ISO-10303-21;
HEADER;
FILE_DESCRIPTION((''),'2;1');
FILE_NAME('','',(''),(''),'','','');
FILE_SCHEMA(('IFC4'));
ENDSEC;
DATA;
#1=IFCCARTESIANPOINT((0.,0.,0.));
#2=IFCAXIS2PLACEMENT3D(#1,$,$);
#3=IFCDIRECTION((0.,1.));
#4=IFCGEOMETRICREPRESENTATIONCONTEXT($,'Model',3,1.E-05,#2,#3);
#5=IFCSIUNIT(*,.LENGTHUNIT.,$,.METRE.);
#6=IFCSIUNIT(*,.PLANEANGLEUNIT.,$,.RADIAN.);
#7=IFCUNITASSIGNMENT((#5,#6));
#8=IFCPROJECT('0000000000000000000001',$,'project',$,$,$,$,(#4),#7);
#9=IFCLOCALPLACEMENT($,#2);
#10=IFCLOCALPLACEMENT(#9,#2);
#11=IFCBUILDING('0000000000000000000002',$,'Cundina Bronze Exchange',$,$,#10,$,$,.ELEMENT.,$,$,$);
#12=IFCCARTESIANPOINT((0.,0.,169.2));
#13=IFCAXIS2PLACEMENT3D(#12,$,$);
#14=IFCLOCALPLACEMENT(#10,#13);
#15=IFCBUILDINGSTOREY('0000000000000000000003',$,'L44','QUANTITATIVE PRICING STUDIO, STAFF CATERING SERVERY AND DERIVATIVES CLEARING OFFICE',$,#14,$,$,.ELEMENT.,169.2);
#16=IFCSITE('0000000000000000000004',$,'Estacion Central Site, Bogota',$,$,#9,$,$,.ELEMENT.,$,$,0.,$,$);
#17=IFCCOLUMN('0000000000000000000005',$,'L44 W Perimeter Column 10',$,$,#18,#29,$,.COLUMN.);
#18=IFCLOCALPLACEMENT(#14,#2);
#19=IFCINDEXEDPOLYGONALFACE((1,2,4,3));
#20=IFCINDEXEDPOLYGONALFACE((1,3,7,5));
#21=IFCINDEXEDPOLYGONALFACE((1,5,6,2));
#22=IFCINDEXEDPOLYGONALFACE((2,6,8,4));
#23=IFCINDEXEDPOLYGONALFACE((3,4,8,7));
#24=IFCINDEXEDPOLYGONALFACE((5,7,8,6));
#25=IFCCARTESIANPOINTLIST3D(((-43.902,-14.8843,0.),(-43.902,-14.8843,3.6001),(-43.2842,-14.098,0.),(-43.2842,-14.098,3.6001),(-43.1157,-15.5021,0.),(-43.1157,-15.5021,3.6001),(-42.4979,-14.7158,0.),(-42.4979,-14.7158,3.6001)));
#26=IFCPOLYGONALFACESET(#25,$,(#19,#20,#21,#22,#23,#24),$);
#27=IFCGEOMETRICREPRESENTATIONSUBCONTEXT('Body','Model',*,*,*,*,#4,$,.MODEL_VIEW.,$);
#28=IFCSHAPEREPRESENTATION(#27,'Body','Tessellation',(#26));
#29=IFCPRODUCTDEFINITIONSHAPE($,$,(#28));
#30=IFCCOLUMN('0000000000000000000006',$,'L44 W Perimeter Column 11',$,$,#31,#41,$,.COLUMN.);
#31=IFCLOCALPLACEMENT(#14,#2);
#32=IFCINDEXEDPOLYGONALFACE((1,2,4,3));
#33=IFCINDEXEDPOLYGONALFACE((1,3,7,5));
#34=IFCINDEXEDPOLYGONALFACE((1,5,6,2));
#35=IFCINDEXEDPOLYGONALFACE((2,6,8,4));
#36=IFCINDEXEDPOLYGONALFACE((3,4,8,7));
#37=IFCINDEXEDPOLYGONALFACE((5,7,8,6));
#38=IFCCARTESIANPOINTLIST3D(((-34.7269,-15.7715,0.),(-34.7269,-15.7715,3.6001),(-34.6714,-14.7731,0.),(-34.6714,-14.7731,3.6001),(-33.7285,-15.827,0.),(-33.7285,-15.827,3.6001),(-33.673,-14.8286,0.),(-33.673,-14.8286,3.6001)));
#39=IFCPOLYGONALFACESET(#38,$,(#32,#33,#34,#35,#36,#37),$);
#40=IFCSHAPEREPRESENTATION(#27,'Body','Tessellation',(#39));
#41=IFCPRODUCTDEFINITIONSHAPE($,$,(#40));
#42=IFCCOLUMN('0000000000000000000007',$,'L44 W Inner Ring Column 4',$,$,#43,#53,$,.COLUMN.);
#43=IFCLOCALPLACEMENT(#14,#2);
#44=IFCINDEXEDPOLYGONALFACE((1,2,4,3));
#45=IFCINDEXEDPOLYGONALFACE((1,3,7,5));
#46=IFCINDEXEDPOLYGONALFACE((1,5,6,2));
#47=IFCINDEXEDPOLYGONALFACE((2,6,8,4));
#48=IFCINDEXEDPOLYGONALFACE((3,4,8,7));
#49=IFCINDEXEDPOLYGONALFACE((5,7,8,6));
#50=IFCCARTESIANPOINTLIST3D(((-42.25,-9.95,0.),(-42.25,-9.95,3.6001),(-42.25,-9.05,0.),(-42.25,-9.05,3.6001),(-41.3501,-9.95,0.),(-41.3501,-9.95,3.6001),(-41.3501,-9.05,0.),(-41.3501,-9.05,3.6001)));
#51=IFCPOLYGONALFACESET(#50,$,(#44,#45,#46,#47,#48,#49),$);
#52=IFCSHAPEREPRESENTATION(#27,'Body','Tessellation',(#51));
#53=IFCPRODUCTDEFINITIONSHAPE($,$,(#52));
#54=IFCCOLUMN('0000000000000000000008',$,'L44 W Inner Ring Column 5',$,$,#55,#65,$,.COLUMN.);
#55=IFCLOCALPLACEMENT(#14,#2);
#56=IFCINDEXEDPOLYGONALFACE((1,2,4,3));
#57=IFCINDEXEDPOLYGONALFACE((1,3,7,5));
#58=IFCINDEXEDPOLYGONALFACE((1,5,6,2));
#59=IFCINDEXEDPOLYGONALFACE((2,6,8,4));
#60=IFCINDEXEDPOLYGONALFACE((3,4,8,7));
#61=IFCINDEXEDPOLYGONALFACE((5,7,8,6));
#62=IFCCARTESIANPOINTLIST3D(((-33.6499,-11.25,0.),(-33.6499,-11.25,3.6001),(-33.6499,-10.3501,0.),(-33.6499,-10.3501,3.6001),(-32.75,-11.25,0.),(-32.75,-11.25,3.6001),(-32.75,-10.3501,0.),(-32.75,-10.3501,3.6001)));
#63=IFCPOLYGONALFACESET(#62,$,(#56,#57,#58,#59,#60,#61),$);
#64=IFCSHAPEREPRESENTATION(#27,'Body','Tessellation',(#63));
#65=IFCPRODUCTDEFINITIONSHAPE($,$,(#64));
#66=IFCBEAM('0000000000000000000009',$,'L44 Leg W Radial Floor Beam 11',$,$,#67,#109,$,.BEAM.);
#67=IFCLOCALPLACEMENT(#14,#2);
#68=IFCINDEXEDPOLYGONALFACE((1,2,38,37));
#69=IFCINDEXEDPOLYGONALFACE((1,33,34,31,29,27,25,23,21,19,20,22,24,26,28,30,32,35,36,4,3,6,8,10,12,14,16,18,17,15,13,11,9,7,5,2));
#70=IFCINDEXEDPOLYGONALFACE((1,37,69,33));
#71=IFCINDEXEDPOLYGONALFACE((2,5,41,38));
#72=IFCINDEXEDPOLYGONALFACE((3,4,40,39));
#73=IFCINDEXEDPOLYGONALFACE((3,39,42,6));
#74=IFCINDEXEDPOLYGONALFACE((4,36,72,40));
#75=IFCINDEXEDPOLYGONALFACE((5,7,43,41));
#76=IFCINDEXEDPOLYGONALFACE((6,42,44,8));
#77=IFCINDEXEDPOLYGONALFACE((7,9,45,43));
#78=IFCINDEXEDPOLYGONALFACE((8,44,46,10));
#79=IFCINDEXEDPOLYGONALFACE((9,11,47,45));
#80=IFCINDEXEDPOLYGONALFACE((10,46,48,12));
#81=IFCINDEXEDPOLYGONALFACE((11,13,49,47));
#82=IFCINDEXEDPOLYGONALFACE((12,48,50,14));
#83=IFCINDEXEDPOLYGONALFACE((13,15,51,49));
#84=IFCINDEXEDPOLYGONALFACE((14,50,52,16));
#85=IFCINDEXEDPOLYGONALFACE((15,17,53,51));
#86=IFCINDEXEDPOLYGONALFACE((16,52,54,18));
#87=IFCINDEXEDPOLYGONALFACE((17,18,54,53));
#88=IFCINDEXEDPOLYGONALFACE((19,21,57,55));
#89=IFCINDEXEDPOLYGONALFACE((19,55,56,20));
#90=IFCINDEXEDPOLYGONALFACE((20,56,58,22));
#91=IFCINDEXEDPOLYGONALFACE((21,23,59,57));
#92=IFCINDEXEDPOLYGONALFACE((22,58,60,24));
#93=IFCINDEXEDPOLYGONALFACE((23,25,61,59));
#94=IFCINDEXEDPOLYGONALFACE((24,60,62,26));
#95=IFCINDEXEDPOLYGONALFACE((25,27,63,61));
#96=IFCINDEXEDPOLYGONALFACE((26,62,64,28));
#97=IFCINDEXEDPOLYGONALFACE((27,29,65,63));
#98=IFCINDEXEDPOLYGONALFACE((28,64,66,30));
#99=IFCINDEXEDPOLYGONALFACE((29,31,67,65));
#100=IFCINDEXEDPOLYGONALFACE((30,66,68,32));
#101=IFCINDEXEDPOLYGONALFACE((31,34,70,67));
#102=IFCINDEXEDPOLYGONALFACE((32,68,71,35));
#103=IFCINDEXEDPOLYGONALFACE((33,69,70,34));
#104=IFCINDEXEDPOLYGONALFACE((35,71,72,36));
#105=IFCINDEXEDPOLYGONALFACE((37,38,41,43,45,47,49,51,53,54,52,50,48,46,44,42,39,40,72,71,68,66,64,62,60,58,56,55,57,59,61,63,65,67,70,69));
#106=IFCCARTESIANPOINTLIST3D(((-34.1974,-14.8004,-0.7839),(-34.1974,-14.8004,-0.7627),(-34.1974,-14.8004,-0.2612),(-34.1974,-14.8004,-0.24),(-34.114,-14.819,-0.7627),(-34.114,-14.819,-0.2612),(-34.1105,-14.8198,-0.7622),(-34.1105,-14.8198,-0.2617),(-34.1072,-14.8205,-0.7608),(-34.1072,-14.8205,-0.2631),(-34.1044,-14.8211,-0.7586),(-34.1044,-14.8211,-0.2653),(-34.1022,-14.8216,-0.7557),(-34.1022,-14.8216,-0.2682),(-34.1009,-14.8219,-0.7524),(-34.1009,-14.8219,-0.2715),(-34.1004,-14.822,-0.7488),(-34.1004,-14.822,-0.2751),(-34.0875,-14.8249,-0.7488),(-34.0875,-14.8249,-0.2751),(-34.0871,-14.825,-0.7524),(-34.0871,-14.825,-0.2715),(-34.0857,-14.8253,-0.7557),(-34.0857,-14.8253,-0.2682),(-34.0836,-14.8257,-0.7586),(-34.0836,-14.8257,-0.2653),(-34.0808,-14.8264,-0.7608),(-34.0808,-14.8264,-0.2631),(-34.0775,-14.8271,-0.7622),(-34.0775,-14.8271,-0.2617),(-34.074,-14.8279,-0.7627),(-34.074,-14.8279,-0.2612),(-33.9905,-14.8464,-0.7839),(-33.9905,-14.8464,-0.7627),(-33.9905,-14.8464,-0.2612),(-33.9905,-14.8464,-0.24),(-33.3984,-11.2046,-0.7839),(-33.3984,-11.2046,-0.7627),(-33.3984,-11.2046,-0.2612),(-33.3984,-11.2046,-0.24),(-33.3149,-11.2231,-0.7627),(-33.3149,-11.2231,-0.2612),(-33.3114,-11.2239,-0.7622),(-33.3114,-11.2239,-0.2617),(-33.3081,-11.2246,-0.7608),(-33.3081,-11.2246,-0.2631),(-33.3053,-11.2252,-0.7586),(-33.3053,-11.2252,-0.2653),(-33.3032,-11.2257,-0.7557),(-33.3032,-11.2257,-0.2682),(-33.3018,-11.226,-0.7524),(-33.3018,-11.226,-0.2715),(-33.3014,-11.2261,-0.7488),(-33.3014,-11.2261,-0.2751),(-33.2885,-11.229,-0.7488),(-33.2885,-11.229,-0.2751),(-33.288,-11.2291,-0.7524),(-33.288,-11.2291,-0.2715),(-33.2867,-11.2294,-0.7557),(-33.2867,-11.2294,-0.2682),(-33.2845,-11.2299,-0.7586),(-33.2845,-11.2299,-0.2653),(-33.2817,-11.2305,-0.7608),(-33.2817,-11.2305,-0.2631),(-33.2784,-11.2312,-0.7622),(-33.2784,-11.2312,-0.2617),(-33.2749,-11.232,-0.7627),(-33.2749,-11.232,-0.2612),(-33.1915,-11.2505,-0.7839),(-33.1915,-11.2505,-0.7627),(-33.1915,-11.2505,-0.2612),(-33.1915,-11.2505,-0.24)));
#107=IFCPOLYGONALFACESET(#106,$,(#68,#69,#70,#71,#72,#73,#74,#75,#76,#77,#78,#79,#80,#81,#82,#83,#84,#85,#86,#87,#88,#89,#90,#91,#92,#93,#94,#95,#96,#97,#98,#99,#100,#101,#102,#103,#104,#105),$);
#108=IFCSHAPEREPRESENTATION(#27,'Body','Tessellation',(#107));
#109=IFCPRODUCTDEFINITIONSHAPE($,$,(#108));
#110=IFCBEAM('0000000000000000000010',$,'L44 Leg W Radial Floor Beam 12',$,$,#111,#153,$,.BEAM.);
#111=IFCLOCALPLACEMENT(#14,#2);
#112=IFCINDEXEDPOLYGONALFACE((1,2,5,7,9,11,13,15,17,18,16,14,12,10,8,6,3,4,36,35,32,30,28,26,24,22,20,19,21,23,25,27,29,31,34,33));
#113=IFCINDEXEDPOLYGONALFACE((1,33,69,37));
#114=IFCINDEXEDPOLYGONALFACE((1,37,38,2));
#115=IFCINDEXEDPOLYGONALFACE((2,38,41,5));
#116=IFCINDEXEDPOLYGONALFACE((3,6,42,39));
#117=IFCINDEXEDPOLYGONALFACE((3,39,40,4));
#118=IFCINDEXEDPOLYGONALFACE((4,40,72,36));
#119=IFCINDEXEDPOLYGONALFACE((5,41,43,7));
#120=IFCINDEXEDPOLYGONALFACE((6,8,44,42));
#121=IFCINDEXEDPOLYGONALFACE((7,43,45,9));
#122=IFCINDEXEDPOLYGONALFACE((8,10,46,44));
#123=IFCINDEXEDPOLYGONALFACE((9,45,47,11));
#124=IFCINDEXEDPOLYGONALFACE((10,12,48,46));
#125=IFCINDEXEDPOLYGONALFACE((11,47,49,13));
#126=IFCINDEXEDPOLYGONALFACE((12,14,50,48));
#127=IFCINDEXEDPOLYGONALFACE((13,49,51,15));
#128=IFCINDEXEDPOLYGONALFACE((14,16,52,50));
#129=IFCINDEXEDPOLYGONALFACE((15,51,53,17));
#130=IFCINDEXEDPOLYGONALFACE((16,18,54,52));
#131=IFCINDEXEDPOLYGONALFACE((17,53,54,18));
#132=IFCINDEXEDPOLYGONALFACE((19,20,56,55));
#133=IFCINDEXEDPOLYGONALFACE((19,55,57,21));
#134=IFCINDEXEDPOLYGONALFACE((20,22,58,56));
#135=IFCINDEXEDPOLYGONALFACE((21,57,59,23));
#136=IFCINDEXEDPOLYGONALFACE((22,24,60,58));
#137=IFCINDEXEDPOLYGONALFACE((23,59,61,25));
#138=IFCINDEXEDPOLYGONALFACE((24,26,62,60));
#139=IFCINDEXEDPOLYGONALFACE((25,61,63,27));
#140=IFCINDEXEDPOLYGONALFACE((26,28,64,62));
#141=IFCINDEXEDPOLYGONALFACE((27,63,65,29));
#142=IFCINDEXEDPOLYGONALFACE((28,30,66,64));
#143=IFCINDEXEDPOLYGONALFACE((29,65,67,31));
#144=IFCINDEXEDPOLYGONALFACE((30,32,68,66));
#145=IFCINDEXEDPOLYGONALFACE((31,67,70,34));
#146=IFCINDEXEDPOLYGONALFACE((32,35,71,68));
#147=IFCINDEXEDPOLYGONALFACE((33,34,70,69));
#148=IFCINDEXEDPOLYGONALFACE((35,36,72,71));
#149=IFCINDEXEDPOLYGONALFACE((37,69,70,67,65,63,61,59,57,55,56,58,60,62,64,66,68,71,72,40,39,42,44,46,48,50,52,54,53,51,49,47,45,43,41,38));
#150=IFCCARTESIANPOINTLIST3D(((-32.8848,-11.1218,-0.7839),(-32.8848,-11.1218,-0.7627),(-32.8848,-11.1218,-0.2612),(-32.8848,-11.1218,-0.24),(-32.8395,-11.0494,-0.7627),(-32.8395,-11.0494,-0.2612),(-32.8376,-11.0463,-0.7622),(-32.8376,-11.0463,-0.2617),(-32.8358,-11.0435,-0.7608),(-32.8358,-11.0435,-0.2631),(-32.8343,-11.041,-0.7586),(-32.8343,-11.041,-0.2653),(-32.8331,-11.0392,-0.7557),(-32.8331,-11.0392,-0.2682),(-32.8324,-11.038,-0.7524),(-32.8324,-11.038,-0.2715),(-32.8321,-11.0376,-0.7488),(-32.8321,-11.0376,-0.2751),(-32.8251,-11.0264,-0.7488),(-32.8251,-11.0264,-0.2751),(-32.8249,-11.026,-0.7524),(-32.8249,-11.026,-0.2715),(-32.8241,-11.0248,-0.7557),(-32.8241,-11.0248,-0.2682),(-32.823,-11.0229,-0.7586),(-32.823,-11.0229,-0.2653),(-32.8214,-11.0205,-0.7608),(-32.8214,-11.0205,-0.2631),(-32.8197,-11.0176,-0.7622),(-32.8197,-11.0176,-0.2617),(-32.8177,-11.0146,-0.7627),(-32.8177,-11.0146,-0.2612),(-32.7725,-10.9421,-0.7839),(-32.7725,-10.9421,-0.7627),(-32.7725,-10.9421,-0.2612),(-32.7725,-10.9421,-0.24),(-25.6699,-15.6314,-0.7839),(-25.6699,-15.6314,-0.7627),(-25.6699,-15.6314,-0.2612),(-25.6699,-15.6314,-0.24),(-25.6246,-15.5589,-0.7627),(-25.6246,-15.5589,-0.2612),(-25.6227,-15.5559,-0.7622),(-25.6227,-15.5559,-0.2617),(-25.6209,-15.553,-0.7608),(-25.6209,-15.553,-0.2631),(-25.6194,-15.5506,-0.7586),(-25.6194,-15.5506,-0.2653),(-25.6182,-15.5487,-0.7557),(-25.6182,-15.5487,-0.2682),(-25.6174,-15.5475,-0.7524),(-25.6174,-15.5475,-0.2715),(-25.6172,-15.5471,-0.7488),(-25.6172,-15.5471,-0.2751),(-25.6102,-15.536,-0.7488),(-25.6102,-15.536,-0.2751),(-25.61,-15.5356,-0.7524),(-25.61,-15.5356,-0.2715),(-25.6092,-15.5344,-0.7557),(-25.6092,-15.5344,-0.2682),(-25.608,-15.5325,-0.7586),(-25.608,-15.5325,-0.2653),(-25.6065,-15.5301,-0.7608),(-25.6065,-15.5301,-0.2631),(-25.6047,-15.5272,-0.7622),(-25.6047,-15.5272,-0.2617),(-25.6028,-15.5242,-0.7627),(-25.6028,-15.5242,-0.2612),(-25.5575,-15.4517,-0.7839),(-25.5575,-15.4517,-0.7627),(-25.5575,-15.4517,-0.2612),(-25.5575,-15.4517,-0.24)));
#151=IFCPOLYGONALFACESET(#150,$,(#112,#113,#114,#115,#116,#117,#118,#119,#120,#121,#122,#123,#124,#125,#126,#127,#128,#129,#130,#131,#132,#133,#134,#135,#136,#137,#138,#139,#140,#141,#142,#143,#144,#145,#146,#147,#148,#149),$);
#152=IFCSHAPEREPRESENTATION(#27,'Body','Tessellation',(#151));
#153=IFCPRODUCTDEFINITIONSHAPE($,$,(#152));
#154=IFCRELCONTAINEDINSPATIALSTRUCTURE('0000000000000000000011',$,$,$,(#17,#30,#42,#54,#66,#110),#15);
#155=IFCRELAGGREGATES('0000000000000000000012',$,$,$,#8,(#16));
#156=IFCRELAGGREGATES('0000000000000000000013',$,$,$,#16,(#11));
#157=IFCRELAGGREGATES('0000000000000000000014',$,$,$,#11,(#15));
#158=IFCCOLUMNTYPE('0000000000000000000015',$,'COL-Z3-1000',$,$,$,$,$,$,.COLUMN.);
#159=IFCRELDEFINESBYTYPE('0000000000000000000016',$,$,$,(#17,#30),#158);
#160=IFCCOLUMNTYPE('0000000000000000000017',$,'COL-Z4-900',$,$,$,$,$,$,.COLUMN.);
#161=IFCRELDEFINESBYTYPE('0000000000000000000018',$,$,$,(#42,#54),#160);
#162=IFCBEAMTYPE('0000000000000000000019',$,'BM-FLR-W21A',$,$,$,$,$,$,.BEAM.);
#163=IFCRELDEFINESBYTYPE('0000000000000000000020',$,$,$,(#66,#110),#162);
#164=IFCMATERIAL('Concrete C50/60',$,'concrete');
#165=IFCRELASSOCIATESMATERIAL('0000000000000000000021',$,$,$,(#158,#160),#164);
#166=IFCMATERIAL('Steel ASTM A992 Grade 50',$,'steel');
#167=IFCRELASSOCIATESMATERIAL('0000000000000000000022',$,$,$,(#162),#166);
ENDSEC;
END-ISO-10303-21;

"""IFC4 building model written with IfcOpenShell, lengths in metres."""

from ifc_helpers import new_model, si_unit, direction, frame, origin, origin_2d, place, context, subcontext, project, spatial, rectangle, i_section, extrude, material, material_profile, profile_set, type_object, element, save


model = new_model("IFC4")

# Units and contexts
model_context = context("Model", 3, precision=1e-05, world=origin(), true_north=direction((0.0, 1.0)))
body_context = subcontext(model_context, "Body", "Model", "MODEL_VIEW")
ifc_project = project(units=[si_unit("LENGTHUNIT", "METRE"), si_unit("PLANEANGLEUNIT", "RADIAN")], contexts=[model_context])

# Site, building, storey
site_placement = place(None, origin())
site = spatial("IfcSite", under=ifc_project, at=site_placement, Name="Estacion Central Site, Bogota", CompositionType="ELEMENT", RefElevation=0.0)
building_placement = place(site_placement, origin())
building = spatial("IfcBuilding", under=site, at=building_placement, Name="Cundina Bronze Exchange", CompositionType="ELEMENT")
storey_placement = place(building_placement, frame((0.0, 0.0, 169.2)))
storey = spatial("IfcBuildingStorey", under=building, at=storey_placement, Name="L44", Description="QUANTITATIVE PRICING STUDIO, STAFF CATERING SERVERY AND DERIVATIVES CLEARING OFFICE", CompositionType="ELEMENT", Elevation=169.2)

# Columns
ifc_material_1 = material(Name="Concrete C50/60", Category="concrete")
ifc_material_profile_1 = material_profile(ifc_material_1, rectangle(XDim=1.0, YDim=1.0, at=origin_2d()), Name="RC1000X1000", Category="concrete")
ifc_profile_set_1 = profile_set([ifc_material_profile_1], Name="Concrete C50/60")
column_type_1 = type_object("IfcColumnType", Name="COL-Z3-1000", PredefinedType="COLUMN", material=ifc_profile_set_1)
for number, where, z_axis, x_axis, name in (
    (1, (-43.2, -14.8, 0.0), (0.0, 0.0, 1.0), (0.786288, -0.61786, 0.0), "L44 W Perimeter Column 10"),
    (2, (-34.2, -15.3, 0.0), (0.0, 0.0, 1.0), (0.99846, -0.055473, 0.0), "L44 W Perimeter Column 11"),
):
    element("IfcColumn", number, at=place(storey_placement, frame(where, z_axis=z_axis, x_axis=x_axis)), inside=storey, type_object=column_type_1, Name=name, PredefinedType="COLUMN", context=body_context, shape_type="SweptSolid", body=[
        extrude(rectangle(XDim=1.0, YDim=1.0, at=origin_2d()), origin(), (0.0, 0.0, 1.0), 3.6001),
    ])
ifc_material_profile_2 = material_profile(ifc_material_1, rectangle(XDim=0.8999, YDim=0.8999, at=origin_2d()), Name="RC900X900", Category="concrete")
ifc_profile_set_2 = profile_set([ifc_material_profile_2], Name="Concrete C50/60")
column_type_2 = type_object("IfcColumnType", Name="COL-Z4-900", PredefinedType="COLUMN", material=ifc_profile_set_2)
for number, where, z_axis, x_axis, name in (
    (3, (-41.8, -9.5, 0.0), (0.0, 0.0, 1.0), (1.0, 0.0, 0.0), "L44 W Inner Ring Column 4"),
    (4, (-33.2, -10.8, 0.0), (0.0, 0.0, 1.0), (1.0, 0.0, 0.0), "L44 W Inner Ring Column 5"),
):
    element("IfcColumn", number, at=place(storey_placement, frame(where, z_axis=z_axis, x_axis=x_axis)), inside=storey, type_object=column_type_2, Name=name, PredefinedType="COLUMN", context=body_context, shape_type="SweptSolid", body=[
        extrude(rectangle(XDim=0.8999, YDim=0.8999, at=origin_2d()), origin(), (0.0, 0.0, 1.0), 3.6001),
    ])

# Beams
ifc_material_2 = material(Name="Steel ASTM A992 Grade 50", Category="steel")
ifc_material_profile_3 = material_profile(ifc_material_2, i_section(OverallWidth=0.2119, OverallDepth=0.5439, WebThickness=0.0132, FlangeThickness=0.0212, FilletRadius=0.0139, at=origin_2d()), Name="W21X83", Category="steel")
ifc_profile_set_3 = profile_set([ifc_material_profile_3], Name="Steel ASTM A992 Grade 50")
beam_type_1 = type_object("IfcBeamType", Name="BM-FLR-W21A", PredefinedType="BEAM", material=ifc_profile_set_3)
beam_1_placement = place(storey_placement, frame((-33.2949, -11.2275, -0.512), z_axis=(-0.216923, -0.976189, 0.0), x_axis=(0.976189, -0.216923, 0.0)))
element("IfcBeam", 5, at=beam_1_placement, inside=storey, type_object=beam_type_1, Name="L44 Leg W Radial Floor Beam 11", PredefinedType="BEAM", context=body_context, shape_type="SweptSolid", body=[
    extrude(i_section(OverallWidth=0.2119, OverallDepth=0.5439, WebThickness=0.0132, FlangeThickness=0.0212, FilletRadius=0.0139, at=origin_2d()), origin(), (0.0, 0.0, 1.0), 3.6836),
])
beam_2_placement = place(storey_placement, frame((-32.8286, -11.032, -0.512), z_axis=(0.847985, -0.53002, 0.0), x_axis=(0.53002, 0.847985, 0.0)))
element("IfcBeam", 6, at=beam_2_placement, inside=storey, type_object=beam_type_1, Name="L44 Leg W Radial Floor Beam 12", PredefinedType="BEAM", context=body_context, shape_type="SweptSolid", body=[
    extrude(i_section(OverallWidth=0.2119, OverallDepth=0.5439, WebThickness=0.0132, FlangeThickness=0.0212, FilletRadius=0.0139, at=origin_2d()), origin(), (0.0, 0.0, 1.0), 8.5083),
])

save(model, "model.ifc")
